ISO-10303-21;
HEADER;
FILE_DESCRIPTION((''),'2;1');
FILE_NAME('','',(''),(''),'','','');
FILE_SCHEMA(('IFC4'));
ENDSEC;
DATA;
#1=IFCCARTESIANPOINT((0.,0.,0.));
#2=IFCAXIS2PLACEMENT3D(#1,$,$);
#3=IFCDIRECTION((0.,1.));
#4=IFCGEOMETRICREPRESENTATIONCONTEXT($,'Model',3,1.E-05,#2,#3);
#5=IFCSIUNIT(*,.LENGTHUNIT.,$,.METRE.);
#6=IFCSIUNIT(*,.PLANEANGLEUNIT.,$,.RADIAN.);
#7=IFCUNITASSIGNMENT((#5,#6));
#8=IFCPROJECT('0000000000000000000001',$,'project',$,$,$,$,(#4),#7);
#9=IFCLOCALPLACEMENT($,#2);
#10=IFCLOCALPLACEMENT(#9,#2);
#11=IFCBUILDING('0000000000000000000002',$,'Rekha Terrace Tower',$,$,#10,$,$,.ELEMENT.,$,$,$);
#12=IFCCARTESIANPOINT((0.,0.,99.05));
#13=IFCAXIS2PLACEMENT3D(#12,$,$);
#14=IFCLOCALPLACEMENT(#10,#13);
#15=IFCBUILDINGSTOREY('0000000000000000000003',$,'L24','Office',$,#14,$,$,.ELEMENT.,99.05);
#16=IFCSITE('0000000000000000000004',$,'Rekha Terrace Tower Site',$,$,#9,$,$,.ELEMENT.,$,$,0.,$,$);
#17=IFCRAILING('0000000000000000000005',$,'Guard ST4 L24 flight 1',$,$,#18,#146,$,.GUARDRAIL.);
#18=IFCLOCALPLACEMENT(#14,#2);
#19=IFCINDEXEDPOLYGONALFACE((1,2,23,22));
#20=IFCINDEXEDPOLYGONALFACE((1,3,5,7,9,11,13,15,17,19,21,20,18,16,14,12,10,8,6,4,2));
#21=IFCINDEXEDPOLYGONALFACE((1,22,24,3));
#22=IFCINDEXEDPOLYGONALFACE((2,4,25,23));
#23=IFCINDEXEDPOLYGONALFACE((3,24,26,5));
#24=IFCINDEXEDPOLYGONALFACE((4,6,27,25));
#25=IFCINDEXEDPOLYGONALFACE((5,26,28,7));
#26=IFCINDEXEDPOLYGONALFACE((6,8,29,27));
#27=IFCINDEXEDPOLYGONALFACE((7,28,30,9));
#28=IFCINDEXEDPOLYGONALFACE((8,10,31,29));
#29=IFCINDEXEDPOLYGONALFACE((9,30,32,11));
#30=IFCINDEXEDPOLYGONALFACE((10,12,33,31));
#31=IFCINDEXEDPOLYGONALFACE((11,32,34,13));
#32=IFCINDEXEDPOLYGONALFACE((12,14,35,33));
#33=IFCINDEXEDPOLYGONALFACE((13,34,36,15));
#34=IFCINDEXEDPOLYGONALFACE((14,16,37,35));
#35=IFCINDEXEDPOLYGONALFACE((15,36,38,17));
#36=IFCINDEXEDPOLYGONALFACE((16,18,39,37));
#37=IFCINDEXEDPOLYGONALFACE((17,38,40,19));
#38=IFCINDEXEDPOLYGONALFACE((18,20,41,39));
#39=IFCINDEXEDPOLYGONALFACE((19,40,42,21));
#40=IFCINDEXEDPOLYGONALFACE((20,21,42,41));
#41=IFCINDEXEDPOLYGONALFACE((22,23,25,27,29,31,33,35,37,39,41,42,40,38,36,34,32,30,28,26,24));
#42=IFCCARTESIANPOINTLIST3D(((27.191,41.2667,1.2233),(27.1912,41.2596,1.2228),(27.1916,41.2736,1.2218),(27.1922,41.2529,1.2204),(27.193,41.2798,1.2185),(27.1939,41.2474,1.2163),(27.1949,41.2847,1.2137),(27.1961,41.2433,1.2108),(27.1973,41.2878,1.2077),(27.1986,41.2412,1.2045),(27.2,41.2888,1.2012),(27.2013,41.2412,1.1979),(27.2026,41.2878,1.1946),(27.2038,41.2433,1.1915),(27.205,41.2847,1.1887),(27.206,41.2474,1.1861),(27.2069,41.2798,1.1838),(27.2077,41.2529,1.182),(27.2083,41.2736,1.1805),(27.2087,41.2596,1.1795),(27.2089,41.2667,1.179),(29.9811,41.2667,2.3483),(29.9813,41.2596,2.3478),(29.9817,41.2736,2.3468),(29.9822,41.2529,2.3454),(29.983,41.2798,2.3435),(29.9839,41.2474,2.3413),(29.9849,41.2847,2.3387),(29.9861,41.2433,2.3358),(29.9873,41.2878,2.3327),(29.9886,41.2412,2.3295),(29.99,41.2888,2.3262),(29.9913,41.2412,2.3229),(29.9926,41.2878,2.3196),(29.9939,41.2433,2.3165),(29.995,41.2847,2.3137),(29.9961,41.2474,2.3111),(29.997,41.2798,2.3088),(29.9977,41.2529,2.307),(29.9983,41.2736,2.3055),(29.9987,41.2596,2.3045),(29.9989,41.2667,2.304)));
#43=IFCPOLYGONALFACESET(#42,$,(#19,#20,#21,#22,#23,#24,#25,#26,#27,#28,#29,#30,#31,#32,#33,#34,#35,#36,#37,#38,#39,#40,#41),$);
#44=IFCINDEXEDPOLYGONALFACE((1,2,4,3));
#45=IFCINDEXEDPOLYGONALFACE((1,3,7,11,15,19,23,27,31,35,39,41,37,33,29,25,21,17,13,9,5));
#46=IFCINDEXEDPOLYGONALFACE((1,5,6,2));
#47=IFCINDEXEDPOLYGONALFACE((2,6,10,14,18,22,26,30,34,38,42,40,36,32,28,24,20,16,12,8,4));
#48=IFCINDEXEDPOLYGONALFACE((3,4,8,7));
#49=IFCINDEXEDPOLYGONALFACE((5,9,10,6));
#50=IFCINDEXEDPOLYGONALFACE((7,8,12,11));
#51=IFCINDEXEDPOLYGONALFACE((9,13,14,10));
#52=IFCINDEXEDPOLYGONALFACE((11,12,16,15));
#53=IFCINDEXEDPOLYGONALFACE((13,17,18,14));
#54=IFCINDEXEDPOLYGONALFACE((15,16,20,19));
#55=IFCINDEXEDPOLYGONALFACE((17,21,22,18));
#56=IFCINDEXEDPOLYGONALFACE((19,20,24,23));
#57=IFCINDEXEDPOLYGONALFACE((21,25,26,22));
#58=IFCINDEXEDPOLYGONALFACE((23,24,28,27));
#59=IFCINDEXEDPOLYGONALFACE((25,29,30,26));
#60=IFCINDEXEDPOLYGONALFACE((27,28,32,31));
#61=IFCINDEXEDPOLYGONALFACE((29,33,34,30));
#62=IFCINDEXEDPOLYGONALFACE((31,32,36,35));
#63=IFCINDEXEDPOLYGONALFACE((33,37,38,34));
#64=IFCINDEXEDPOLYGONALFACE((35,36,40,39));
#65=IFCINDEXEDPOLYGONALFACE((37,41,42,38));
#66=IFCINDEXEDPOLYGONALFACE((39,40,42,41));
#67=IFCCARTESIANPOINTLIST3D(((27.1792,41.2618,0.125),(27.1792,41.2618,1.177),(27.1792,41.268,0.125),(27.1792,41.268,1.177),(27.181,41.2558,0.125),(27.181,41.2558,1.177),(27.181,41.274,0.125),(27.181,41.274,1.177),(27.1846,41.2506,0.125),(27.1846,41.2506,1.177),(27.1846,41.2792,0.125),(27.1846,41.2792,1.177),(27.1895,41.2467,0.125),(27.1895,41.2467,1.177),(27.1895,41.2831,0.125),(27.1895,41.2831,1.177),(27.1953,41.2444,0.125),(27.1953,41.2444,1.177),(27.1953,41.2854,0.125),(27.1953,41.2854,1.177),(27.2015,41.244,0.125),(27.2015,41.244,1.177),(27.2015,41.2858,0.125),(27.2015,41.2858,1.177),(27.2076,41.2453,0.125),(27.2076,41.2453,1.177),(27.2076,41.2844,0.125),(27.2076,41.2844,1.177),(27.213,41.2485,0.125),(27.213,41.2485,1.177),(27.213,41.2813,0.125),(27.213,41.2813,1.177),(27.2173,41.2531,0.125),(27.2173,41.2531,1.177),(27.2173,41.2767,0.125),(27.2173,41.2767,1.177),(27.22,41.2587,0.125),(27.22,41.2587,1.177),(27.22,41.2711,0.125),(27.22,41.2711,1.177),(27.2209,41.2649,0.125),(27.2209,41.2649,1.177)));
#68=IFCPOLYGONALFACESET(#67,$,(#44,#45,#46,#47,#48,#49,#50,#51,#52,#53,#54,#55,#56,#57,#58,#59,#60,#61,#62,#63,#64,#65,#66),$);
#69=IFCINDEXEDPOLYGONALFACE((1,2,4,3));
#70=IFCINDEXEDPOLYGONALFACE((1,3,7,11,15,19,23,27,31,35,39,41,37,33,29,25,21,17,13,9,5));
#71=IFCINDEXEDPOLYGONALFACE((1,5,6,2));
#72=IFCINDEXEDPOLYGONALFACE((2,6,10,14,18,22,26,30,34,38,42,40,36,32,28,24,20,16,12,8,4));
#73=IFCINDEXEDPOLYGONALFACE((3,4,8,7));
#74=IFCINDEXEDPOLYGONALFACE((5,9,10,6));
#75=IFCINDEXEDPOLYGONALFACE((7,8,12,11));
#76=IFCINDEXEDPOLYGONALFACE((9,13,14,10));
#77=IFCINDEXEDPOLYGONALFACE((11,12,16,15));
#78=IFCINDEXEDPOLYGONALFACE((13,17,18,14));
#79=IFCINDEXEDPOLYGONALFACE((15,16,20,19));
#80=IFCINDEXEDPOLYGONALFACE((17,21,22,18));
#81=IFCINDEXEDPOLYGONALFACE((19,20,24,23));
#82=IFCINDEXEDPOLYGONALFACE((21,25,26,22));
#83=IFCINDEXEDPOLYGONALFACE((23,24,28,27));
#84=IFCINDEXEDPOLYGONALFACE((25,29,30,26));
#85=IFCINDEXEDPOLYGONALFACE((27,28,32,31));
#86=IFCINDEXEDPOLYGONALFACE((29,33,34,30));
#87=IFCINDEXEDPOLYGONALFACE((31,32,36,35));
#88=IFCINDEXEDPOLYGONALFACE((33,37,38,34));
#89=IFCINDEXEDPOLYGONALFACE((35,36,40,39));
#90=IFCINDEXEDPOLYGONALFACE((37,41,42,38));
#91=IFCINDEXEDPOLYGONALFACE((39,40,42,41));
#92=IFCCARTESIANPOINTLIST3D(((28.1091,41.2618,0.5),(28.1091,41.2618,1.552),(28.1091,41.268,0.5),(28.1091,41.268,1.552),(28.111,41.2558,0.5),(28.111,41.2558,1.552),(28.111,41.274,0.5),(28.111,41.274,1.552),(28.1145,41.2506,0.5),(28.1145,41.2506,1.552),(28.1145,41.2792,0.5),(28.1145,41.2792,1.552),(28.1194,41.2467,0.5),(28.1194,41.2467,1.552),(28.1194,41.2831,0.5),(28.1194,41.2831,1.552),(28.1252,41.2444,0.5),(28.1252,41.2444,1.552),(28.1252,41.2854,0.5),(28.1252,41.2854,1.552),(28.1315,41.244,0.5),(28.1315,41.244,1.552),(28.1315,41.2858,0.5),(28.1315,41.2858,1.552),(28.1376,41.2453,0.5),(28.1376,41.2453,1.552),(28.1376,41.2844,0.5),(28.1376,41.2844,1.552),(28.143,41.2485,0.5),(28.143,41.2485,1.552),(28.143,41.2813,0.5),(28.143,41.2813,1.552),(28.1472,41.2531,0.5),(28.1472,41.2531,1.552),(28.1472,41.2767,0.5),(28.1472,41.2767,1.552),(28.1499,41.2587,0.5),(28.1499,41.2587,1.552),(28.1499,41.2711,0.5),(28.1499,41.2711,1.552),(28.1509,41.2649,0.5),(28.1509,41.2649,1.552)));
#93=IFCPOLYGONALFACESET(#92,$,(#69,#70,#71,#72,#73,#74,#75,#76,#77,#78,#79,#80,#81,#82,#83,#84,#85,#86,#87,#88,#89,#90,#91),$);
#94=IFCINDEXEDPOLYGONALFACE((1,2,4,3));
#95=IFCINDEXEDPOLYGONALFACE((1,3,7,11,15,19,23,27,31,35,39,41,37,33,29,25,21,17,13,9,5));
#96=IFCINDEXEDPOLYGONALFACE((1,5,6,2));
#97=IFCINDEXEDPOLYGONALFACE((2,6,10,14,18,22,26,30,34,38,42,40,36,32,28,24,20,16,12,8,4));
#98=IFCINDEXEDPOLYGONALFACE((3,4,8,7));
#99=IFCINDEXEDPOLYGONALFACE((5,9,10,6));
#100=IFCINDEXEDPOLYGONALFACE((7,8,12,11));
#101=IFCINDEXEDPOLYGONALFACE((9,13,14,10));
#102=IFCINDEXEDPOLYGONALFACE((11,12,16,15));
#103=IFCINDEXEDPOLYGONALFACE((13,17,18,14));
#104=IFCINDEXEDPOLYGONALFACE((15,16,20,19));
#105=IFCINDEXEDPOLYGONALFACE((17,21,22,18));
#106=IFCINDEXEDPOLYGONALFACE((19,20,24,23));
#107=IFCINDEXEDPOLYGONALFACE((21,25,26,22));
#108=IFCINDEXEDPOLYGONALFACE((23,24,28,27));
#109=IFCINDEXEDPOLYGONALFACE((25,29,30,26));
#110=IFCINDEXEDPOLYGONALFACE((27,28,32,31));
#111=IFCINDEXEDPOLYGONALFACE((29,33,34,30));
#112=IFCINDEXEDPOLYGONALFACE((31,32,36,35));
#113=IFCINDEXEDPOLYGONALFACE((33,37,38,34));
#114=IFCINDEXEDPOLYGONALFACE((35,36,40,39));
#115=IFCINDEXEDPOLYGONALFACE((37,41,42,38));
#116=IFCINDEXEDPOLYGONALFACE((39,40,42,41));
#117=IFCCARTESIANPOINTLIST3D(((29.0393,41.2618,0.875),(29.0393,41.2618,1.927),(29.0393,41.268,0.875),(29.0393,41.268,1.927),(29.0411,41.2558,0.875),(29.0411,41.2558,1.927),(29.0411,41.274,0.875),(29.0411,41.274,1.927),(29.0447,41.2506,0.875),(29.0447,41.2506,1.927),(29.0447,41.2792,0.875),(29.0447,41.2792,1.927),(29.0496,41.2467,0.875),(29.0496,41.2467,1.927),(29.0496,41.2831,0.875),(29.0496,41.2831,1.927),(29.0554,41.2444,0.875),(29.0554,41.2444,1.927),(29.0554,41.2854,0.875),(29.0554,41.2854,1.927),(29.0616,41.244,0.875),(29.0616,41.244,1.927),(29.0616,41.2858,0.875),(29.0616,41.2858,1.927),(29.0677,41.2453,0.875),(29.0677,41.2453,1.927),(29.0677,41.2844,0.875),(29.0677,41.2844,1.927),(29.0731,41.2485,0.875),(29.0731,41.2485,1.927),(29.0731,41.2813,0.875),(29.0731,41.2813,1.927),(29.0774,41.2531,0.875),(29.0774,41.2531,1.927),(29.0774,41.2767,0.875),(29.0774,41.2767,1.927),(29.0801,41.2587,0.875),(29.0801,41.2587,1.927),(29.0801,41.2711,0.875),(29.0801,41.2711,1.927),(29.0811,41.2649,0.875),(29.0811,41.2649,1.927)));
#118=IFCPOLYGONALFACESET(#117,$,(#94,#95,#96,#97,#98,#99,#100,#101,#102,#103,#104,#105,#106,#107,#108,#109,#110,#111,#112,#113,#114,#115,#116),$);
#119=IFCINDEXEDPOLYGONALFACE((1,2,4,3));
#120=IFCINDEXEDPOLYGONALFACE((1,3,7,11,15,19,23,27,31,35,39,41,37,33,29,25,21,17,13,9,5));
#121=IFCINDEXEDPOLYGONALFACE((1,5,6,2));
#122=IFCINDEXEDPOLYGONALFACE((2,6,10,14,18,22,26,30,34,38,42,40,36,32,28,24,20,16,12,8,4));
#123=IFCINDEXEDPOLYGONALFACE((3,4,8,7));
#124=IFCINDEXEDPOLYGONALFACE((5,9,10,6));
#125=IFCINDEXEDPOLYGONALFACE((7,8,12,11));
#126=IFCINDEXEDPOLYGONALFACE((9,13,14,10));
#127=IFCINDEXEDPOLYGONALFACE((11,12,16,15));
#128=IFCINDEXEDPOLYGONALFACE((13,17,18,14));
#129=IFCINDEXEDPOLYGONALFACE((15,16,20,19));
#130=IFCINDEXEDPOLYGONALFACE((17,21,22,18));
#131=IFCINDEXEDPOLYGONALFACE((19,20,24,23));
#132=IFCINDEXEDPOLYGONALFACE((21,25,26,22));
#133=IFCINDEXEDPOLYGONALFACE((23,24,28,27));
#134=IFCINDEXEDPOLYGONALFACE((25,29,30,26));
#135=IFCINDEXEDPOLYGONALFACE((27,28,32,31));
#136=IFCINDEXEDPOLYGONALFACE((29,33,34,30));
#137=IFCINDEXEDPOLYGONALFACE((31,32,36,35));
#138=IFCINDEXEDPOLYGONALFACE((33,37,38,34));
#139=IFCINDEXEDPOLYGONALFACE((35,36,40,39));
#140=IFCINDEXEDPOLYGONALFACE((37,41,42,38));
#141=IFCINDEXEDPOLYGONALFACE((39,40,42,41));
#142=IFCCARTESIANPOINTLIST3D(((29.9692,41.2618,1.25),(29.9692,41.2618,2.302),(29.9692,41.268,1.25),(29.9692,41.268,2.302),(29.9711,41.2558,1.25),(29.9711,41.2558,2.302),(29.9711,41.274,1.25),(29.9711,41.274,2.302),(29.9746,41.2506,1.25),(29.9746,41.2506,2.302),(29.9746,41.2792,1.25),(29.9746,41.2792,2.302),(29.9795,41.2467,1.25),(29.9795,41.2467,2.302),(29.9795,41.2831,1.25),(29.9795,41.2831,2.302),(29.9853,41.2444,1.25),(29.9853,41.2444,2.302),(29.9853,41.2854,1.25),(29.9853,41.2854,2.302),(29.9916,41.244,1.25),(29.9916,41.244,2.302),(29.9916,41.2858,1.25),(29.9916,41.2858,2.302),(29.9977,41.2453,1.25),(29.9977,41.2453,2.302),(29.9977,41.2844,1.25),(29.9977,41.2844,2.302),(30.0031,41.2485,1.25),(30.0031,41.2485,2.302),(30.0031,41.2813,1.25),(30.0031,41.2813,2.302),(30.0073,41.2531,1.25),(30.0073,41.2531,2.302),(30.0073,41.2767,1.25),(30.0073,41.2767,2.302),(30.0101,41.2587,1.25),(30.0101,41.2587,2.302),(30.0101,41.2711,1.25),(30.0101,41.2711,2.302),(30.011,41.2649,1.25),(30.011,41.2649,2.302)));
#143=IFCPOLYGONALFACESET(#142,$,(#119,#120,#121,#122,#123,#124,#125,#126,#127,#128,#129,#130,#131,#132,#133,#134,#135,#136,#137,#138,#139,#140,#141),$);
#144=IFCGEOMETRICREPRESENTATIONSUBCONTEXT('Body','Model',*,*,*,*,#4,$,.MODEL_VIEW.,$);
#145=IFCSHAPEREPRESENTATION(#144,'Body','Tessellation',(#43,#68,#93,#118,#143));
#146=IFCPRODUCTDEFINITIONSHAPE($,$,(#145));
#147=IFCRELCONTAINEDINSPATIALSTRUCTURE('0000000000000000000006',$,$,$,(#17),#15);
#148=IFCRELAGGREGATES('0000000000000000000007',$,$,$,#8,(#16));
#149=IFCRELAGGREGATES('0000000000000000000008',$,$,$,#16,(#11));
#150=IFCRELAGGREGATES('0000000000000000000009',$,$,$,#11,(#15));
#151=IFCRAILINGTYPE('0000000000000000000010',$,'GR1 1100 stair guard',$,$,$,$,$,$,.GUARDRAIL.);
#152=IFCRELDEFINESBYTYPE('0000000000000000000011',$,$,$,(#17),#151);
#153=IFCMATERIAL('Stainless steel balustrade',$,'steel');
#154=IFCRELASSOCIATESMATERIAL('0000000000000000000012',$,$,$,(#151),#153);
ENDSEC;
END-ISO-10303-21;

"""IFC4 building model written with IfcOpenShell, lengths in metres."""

from ifc_helpers import new_model, si_unit, direction, frame, origin, origin_2d, place, context, subcontext, project, spatial, circle, extrude, material, type_object, element, save


model = new_model("IFC4")

# Units and contexts
model_context = context("Model", 3, precision=1e-05, world=origin(), true_north=direction((0.0, 1.0)))
body_context = subcontext(model_context, "Body", "Model", "MODEL_VIEW")
ifc_project = project(units=[si_unit("LENGTHUNIT", "METRE"), si_unit("PLANEANGLEUNIT", "RADIAN")], contexts=[model_context])

# Site, building, storey
site_placement = place(None, origin())
site = spatial("IfcSite", under=ifc_project, at=site_placement, Name="Rekha Terrace Tower Site", CompositionType="ELEMENT", RefElevation=0.0)
building_placement = place(site_placement, origin())
building = spatial("IfcBuilding", under=site, at=building_placement, Name="Rekha Terrace Tower", CompositionType="ELEMENT")
storey_placement = place(building_placement, frame((0.0, 0.0, 99.05)))
storey = spatial("IfcBuildingStorey", under=building, at=storey_placement, Name="L24", Description="Office", CompositionType="ELEMENT", Elevation=99.05)

# Railing
ifc_material_1 = material(Name="Stainless steel balustrade", Category="steel")
railing_type_1 = type_object("IfcRailingType", Name="GR1 1100 stair guard", PredefinedType="GUARDRAIL", material=ifc_material_1)
railing_1_placement = place(storey_placement, frame((27.2, 41.2649, 0.125)))
element("IfcRailing", 1, at=railing_1_placement, inside=storey, type_object=railing_type_1, Name="Guard ST4 L24 flight 1", PredefinedType="GUARDRAIL", context=body_context, shape_type="SweptSolid", body=[
    extrude(circle(Radius=0.0239, at=origin_2d()), frame((0.0, 0.0, 1.0762), z_axis=(0.927443, 0.0, 0.373964), x_axis=(0.0, 1.0, 0.0)), (0.0, 0.0, 1.0), 3.0083),
    extrude(circle(Radius=0.021, at=origin_2d()), origin(), (0.0, 0.0, 1.0), 1.052),
    extrude(circle(Radius=0.021, at=origin_2d()), frame((0.9299, 0.0, 0.375)), (0.0, 0.0, 1.0), 1.052),
    extrude(circle(Radius=0.021, at=origin_2d()), frame((1.8601, 0.0, 0.75)), (0.0, 0.0, 1.0), 1.052),
    extrude(circle(Radius=0.021, at=origin_2d()), frame((2.79, 0.0, 1.125)), (0.0, 0.0, 1.0), 1.052),
])

save(model, "model.ifc")
